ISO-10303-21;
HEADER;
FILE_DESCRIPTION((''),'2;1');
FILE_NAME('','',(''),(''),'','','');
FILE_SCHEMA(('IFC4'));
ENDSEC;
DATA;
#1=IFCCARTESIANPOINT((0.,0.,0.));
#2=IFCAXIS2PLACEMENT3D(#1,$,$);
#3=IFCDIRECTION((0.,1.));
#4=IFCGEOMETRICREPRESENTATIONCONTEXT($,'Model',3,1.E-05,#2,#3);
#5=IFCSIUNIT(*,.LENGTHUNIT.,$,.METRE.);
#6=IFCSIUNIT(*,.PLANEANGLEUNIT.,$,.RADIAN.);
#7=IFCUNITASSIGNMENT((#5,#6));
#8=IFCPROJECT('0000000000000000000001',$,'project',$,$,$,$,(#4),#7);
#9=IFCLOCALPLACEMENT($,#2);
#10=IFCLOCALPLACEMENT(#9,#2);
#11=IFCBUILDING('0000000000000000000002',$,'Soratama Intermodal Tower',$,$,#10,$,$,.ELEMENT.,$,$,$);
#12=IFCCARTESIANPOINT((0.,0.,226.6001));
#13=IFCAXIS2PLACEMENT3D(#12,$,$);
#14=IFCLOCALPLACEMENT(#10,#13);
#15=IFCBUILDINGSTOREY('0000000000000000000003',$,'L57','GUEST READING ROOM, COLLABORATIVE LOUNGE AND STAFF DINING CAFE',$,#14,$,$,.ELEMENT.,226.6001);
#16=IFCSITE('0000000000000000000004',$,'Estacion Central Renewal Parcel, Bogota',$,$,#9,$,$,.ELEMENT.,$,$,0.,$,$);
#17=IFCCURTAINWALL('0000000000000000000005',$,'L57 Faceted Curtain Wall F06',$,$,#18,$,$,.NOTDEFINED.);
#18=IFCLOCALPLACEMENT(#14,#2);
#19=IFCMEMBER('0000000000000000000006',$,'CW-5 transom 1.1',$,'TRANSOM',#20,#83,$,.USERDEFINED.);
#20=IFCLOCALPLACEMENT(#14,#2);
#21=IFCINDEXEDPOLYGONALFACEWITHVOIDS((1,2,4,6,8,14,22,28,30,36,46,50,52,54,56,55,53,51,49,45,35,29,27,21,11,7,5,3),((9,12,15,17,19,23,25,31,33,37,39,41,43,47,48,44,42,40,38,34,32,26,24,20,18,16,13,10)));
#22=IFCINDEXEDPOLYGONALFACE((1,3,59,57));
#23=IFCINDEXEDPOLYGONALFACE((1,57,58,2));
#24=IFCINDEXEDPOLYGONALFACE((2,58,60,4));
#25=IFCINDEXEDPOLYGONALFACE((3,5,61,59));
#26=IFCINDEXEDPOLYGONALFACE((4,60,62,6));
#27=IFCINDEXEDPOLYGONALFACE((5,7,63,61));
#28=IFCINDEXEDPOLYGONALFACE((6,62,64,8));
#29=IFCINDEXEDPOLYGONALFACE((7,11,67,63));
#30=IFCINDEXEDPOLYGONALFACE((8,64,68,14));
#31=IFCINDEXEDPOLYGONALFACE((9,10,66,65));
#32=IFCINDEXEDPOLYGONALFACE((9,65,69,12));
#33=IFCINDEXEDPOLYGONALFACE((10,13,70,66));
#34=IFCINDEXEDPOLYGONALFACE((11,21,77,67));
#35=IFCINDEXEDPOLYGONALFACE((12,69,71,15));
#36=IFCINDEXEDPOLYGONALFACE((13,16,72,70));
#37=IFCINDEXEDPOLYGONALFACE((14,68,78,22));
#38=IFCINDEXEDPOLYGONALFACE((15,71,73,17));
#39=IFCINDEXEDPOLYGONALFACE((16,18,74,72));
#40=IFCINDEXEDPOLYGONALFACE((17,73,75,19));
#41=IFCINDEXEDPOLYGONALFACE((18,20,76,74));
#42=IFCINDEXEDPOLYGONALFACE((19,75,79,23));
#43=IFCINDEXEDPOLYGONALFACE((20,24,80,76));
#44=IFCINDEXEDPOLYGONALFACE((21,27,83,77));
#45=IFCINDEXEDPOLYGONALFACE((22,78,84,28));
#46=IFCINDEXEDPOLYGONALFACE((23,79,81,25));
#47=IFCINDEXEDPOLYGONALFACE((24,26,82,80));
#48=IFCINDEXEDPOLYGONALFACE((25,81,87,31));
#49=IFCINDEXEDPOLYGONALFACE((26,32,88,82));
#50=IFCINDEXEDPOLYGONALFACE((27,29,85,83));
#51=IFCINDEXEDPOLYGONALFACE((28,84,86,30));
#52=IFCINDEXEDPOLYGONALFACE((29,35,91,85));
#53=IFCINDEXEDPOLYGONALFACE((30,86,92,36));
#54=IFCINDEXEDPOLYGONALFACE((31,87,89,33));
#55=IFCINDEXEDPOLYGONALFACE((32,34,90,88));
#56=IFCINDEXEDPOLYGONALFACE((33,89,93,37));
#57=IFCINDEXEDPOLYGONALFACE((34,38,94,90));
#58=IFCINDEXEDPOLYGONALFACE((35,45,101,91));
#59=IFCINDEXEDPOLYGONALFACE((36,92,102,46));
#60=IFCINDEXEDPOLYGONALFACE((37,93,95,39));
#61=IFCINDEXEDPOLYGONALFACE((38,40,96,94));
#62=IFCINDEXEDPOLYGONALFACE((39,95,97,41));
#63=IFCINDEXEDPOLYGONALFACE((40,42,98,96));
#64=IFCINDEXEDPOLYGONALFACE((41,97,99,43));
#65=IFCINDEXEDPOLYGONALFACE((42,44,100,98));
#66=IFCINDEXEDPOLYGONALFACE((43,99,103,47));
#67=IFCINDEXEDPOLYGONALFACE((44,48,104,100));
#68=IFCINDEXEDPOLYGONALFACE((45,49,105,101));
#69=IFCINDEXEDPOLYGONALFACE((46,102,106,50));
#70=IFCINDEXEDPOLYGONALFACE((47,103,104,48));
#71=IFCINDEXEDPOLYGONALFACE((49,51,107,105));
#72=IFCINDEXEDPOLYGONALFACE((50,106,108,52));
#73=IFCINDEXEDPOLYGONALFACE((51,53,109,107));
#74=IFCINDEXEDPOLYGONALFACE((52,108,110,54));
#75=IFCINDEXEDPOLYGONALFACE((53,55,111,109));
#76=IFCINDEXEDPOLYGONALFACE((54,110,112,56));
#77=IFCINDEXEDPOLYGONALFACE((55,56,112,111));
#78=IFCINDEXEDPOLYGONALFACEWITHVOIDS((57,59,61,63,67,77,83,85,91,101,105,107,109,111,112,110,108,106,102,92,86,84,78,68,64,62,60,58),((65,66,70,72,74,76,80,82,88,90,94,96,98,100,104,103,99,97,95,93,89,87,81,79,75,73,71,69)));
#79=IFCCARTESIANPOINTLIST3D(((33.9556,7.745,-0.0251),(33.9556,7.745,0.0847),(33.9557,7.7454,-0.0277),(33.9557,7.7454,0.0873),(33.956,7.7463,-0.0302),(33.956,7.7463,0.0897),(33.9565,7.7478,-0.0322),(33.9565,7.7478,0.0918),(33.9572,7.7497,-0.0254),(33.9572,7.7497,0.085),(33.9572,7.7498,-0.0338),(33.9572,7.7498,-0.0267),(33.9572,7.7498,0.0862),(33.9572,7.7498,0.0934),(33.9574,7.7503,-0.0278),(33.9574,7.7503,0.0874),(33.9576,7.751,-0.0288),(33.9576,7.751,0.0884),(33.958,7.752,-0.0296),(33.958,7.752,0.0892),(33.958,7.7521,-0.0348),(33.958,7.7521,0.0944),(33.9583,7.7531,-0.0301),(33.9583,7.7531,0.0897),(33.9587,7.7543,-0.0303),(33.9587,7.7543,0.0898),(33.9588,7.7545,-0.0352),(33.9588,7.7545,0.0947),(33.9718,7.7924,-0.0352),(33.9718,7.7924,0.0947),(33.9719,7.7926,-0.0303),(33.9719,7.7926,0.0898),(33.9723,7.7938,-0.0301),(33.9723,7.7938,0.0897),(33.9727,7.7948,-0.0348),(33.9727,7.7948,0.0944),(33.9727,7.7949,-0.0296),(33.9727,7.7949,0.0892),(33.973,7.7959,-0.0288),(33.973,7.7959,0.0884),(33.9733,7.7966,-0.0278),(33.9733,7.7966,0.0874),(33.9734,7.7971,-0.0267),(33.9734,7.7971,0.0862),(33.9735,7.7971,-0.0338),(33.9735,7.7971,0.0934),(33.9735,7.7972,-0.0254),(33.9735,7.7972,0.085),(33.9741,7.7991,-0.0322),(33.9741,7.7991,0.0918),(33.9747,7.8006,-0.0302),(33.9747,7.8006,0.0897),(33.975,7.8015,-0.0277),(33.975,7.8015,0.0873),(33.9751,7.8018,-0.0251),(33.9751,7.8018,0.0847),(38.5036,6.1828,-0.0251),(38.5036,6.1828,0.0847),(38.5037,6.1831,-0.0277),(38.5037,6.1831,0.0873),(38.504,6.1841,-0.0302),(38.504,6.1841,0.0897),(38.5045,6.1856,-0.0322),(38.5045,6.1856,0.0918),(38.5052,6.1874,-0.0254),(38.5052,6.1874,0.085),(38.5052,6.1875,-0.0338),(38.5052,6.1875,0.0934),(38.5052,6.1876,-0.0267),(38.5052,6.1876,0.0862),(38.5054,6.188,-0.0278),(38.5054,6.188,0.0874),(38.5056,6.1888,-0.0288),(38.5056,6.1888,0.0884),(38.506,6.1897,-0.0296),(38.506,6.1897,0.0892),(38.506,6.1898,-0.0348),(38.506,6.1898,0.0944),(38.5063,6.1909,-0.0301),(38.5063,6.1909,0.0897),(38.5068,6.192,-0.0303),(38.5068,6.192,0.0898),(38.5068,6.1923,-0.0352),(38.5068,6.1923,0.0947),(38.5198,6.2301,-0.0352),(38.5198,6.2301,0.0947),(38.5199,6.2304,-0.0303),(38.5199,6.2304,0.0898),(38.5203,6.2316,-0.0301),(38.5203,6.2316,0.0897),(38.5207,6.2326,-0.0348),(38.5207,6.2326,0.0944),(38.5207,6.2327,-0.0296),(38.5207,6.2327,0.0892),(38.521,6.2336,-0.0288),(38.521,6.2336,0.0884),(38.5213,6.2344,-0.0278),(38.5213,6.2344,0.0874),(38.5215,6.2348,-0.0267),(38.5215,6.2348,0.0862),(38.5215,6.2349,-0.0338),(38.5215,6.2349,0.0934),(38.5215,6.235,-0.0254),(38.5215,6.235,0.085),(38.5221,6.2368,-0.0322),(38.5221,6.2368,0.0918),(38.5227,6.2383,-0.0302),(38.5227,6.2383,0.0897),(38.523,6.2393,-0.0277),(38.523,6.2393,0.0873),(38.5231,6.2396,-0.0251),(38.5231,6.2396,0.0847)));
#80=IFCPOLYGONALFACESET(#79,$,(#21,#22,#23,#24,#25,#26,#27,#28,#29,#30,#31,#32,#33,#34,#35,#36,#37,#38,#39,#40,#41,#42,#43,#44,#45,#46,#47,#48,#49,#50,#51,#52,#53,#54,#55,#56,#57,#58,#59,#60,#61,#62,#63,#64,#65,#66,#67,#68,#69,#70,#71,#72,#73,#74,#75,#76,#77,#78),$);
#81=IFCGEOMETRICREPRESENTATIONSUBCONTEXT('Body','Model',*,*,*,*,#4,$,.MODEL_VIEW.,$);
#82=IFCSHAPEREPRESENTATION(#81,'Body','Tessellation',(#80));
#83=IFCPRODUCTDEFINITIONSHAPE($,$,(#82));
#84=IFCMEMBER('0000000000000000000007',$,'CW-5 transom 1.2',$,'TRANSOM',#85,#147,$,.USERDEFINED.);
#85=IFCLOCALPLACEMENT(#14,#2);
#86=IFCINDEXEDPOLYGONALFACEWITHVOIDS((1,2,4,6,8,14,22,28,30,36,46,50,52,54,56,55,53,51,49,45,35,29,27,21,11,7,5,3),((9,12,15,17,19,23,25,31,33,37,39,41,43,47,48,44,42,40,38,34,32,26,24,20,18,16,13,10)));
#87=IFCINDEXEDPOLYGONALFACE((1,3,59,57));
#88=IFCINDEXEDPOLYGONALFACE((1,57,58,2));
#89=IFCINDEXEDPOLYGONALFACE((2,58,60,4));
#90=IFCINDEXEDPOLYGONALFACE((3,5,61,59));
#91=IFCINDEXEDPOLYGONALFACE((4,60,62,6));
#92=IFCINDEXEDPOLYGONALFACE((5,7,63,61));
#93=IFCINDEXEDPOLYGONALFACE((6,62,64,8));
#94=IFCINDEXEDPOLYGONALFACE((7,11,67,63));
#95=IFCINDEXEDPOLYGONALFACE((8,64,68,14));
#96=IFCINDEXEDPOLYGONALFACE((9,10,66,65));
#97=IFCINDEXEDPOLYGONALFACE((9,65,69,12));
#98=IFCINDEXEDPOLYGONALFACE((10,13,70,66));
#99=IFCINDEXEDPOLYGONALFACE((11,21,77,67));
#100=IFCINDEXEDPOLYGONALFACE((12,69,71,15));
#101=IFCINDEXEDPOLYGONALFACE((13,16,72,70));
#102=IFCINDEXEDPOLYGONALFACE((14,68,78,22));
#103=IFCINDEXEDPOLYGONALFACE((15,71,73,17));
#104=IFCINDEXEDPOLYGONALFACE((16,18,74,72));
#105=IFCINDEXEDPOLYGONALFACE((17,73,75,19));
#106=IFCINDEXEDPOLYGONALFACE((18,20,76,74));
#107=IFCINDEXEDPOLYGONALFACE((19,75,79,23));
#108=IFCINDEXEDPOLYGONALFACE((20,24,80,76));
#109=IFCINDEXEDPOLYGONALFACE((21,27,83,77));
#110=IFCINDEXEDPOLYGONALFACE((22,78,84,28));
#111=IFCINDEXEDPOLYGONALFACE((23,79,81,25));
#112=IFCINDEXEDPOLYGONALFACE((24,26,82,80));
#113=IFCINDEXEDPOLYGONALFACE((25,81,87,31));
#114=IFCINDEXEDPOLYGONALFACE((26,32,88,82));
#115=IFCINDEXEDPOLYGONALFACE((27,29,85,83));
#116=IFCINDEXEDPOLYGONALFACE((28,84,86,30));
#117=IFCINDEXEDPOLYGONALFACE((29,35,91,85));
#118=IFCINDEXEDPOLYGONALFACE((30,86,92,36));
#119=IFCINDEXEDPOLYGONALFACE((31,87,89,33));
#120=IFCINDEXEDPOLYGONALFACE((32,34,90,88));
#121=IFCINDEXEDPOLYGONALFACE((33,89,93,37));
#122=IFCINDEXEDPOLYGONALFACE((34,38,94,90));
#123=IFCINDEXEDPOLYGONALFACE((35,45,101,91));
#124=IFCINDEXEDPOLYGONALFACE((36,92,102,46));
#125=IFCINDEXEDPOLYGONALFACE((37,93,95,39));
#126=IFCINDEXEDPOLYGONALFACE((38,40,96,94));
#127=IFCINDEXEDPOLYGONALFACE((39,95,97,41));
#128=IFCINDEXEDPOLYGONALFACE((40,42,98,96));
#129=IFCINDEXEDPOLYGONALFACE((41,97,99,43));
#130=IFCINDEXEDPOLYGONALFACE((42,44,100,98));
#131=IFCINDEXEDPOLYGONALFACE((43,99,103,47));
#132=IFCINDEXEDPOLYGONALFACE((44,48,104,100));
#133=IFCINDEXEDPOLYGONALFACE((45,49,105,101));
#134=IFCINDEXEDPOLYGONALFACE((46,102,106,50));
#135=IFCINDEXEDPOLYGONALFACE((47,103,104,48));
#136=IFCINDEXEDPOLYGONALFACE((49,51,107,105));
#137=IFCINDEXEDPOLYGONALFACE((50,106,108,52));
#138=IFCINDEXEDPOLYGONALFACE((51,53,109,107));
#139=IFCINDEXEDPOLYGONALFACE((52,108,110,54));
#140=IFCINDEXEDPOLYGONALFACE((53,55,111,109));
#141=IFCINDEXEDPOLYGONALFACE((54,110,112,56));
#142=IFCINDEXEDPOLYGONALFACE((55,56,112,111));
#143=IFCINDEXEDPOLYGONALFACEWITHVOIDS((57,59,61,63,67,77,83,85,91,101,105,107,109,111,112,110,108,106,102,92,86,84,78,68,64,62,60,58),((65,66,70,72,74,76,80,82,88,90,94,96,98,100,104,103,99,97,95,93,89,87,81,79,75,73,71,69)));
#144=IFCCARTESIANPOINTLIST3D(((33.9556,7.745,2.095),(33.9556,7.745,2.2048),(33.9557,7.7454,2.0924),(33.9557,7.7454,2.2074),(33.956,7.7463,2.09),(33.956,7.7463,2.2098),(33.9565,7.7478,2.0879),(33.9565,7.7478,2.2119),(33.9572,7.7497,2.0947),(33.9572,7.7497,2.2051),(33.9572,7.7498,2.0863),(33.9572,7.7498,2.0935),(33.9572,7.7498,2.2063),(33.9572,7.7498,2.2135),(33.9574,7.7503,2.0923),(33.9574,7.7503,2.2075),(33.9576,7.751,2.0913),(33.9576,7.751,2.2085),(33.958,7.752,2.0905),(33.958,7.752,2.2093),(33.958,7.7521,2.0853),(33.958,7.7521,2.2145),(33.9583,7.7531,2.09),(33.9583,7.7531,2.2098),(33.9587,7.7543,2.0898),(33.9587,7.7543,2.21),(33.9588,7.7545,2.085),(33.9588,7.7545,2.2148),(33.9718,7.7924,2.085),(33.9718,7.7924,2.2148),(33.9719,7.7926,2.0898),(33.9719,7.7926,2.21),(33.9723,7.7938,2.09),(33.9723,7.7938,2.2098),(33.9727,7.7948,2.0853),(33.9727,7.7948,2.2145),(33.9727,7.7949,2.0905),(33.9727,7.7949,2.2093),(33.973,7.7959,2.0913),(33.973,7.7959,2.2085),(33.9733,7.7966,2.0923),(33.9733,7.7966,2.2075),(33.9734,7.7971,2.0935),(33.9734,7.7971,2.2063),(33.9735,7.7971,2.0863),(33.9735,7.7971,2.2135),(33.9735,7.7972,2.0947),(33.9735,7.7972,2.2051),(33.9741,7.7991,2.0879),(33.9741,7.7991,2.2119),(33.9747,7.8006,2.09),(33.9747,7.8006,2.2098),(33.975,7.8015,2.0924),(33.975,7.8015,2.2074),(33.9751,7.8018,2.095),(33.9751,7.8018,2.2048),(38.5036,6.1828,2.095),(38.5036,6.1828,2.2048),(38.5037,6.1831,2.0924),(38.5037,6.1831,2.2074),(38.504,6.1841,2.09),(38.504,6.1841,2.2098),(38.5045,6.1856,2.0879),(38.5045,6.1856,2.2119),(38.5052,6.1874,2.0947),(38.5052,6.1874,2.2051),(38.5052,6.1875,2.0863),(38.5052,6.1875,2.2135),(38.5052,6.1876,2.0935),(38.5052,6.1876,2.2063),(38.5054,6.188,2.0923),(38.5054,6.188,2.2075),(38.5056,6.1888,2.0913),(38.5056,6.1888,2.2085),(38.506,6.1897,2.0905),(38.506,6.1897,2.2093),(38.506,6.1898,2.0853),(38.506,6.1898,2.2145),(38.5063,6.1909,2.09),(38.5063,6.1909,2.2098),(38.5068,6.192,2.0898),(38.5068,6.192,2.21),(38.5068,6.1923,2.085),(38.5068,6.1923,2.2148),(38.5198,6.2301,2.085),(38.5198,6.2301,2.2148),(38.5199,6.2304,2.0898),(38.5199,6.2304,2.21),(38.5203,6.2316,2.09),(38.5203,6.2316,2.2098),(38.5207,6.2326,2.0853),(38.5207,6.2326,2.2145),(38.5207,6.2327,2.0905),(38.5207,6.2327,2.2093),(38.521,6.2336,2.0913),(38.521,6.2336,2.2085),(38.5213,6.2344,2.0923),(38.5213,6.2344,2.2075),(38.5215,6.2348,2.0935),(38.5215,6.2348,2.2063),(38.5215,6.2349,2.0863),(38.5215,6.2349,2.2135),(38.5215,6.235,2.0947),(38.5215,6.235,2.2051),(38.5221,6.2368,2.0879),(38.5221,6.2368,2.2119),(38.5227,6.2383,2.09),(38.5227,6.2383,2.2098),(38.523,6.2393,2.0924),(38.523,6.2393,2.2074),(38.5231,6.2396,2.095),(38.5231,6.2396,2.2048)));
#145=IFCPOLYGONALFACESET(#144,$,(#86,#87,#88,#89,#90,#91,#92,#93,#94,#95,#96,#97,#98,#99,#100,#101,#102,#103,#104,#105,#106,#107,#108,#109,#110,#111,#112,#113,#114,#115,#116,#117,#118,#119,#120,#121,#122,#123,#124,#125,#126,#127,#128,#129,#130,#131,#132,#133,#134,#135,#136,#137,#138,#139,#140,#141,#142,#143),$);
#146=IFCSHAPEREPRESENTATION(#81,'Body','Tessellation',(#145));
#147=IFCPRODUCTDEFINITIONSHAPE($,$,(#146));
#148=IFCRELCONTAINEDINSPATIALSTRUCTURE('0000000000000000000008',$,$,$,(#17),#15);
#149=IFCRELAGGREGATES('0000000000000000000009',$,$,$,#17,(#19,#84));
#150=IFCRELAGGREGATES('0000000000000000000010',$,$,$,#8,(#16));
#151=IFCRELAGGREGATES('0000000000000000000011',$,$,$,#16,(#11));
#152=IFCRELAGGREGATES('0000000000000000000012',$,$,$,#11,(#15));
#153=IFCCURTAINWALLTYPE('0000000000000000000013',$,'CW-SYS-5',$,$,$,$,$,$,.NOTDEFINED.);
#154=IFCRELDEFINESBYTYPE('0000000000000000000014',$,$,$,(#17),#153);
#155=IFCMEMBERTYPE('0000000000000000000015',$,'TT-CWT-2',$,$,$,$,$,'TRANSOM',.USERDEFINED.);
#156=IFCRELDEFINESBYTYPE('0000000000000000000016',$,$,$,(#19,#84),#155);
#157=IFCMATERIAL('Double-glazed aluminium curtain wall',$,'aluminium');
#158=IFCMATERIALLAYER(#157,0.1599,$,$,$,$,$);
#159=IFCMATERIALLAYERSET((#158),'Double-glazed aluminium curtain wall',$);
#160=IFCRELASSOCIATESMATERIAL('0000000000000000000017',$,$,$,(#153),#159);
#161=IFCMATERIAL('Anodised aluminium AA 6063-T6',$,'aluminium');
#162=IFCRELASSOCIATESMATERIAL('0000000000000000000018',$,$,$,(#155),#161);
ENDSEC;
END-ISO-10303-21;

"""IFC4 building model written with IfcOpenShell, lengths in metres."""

from ifc_helpers import new_model, si_unit, direction, frame, origin, origin_2d, place, context, subcontext, project, spatial, hollow_rectangle, extrude, material, layer, layer_set, material_profile, profile_set, type_object, element, aggregate, save


model = new_model("IFC4")

# Units and contexts
model_context = context("Model", 3, precision=1e-05, world=origin(), true_north=direction((0.0, 1.0)))
body_context = subcontext(model_context, "Body", "Model", "MODEL_VIEW")
ifc_project = project(units=[si_unit("LENGTHUNIT", "METRE"), si_unit("PLANEANGLEUNIT", "RADIAN")], contexts=[model_context])

# Site, building, storey
site_placement = place(None, origin())
site = spatial("IfcSite", under=ifc_project, at=site_placement, Name="Estacion Central Renewal Parcel, Bogota", CompositionType="ELEMENT", RefElevation=0.0)
building_placement = place(site_placement, origin())
building = spatial("IfcBuilding", under=site, at=building_placement, Name="Soratama Intermodal Tower", CompositionType="ELEMENT")
storey_placement = place(building_placement, frame((0.0, 0.0, 226.6001)))
storey = spatial("IfcBuildingStorey", under=building, at=storey_placement, Name="L57", Description="GUEST READING ROOM, COLLABORATIVE LOUNGE AND STAFF DINING CAFE", CompositionType="ELEMENT", Elevation=226.6001)

# Curtain wall, members
ifc_material_1 = material(Name="Double-glazed aluminium curtain wall", Category="aluminium")
ifc_layer_1 = layer(ifc_material_1, 0.1599)
ifc_layer_set_1 = layer_set([ifc_layer_1], Name="Double-glazed aluminium curtain wall")
curtain_wall_type = type_object("IfcCurtainWallType", Name="CW-SYS-5", PredefinedType="NOTDEFINED", material=ifc_layer_set_1)
curtain_wall_placement = place(storey_placement, origin())
curtain_wall = element("IfcCurtainWall", 1, at=curtain_wall_placement, inside=storey, type_object=curtain_wall_type, Name="L57 Faceted Curtain Wall F06", PredefinedType="NOTDEFINED")
ifc_material_2 = material(Name="Anodised aluminium AA 6063-T6", Category="aluminium")
ifc_material_profile_1 = material_profile(ifc_material_2, hollow_rectangle(XDim=0.0601, YDim=0.1299, WallThickness=0.0049, InnerFilletRadius=0.0049, OuterFilletRadius=0.01, at=origin_2d()), Name="CWT130X60X5")
ifc_profile_set_1 = profile_set([ifc_material_profile_1], Name="Anodised aluminium AA 6063-T6")
member_type_1 = type_object("IfcMemberType", Name="TT-CWT-2", ElementType="TRANSOM", PredefinedType="USERDEFINED", material=ifc_profile_set_1)
member_1_placement = place(storey_placement, frame((33.9653, 7.7734, 0.0298), z_axis=(0.94576, -0.324866, 0.0), x_axis=(0.324866, 0.94576, 0.0)))
member_1 = element("IfcMember", 2, at=member_1_placement, type_object=member_type_1, Name="CW-5 transom 1.1", ObjectType="TRANSOM", PredefinedType="USERDEFINED", context=body_context, shape_type="SweptSolid", body=[
    extrude(hollow_rectangle(XDim=0.0601, YDim=0.1299, WallThickness=0.0049, InnerFilletRadius=0.0049, OuterFilletRadius=0.01, at=origin_2d()), origin(), (0.0, 0.0, 1.0), 4.8088),
])
member_2_placement = place(storey_placement, frame((33.9653, 7.7734, 2.1499), z_axis=(0.94576, -0.324866, 0.0), x_axis=(0.324866, 0.94576, 0.0)))
member_2 = element("IfcMember", 3, at=member_2_placement, type_object=member_type_1, Name="CW-5 transom 1.2", ObjectType="TRANSOM", PredefinedType="USERDEFINED", context=body_context, shape_type="SweptSolid", body=[
    extrude(hollow_rectangle(XDim=0.0601, YDim=0.1299, WallThickness=0.0049, InnerFilletRadius=0.0049, OuterFilletRadius=0.01, at=origin_2d()), origin(), (0.0, 0.0, 1.0), 4.8088),
])
aggregate(curtain_wall, [member_1, member_2])

save(model, "model.ifc")
